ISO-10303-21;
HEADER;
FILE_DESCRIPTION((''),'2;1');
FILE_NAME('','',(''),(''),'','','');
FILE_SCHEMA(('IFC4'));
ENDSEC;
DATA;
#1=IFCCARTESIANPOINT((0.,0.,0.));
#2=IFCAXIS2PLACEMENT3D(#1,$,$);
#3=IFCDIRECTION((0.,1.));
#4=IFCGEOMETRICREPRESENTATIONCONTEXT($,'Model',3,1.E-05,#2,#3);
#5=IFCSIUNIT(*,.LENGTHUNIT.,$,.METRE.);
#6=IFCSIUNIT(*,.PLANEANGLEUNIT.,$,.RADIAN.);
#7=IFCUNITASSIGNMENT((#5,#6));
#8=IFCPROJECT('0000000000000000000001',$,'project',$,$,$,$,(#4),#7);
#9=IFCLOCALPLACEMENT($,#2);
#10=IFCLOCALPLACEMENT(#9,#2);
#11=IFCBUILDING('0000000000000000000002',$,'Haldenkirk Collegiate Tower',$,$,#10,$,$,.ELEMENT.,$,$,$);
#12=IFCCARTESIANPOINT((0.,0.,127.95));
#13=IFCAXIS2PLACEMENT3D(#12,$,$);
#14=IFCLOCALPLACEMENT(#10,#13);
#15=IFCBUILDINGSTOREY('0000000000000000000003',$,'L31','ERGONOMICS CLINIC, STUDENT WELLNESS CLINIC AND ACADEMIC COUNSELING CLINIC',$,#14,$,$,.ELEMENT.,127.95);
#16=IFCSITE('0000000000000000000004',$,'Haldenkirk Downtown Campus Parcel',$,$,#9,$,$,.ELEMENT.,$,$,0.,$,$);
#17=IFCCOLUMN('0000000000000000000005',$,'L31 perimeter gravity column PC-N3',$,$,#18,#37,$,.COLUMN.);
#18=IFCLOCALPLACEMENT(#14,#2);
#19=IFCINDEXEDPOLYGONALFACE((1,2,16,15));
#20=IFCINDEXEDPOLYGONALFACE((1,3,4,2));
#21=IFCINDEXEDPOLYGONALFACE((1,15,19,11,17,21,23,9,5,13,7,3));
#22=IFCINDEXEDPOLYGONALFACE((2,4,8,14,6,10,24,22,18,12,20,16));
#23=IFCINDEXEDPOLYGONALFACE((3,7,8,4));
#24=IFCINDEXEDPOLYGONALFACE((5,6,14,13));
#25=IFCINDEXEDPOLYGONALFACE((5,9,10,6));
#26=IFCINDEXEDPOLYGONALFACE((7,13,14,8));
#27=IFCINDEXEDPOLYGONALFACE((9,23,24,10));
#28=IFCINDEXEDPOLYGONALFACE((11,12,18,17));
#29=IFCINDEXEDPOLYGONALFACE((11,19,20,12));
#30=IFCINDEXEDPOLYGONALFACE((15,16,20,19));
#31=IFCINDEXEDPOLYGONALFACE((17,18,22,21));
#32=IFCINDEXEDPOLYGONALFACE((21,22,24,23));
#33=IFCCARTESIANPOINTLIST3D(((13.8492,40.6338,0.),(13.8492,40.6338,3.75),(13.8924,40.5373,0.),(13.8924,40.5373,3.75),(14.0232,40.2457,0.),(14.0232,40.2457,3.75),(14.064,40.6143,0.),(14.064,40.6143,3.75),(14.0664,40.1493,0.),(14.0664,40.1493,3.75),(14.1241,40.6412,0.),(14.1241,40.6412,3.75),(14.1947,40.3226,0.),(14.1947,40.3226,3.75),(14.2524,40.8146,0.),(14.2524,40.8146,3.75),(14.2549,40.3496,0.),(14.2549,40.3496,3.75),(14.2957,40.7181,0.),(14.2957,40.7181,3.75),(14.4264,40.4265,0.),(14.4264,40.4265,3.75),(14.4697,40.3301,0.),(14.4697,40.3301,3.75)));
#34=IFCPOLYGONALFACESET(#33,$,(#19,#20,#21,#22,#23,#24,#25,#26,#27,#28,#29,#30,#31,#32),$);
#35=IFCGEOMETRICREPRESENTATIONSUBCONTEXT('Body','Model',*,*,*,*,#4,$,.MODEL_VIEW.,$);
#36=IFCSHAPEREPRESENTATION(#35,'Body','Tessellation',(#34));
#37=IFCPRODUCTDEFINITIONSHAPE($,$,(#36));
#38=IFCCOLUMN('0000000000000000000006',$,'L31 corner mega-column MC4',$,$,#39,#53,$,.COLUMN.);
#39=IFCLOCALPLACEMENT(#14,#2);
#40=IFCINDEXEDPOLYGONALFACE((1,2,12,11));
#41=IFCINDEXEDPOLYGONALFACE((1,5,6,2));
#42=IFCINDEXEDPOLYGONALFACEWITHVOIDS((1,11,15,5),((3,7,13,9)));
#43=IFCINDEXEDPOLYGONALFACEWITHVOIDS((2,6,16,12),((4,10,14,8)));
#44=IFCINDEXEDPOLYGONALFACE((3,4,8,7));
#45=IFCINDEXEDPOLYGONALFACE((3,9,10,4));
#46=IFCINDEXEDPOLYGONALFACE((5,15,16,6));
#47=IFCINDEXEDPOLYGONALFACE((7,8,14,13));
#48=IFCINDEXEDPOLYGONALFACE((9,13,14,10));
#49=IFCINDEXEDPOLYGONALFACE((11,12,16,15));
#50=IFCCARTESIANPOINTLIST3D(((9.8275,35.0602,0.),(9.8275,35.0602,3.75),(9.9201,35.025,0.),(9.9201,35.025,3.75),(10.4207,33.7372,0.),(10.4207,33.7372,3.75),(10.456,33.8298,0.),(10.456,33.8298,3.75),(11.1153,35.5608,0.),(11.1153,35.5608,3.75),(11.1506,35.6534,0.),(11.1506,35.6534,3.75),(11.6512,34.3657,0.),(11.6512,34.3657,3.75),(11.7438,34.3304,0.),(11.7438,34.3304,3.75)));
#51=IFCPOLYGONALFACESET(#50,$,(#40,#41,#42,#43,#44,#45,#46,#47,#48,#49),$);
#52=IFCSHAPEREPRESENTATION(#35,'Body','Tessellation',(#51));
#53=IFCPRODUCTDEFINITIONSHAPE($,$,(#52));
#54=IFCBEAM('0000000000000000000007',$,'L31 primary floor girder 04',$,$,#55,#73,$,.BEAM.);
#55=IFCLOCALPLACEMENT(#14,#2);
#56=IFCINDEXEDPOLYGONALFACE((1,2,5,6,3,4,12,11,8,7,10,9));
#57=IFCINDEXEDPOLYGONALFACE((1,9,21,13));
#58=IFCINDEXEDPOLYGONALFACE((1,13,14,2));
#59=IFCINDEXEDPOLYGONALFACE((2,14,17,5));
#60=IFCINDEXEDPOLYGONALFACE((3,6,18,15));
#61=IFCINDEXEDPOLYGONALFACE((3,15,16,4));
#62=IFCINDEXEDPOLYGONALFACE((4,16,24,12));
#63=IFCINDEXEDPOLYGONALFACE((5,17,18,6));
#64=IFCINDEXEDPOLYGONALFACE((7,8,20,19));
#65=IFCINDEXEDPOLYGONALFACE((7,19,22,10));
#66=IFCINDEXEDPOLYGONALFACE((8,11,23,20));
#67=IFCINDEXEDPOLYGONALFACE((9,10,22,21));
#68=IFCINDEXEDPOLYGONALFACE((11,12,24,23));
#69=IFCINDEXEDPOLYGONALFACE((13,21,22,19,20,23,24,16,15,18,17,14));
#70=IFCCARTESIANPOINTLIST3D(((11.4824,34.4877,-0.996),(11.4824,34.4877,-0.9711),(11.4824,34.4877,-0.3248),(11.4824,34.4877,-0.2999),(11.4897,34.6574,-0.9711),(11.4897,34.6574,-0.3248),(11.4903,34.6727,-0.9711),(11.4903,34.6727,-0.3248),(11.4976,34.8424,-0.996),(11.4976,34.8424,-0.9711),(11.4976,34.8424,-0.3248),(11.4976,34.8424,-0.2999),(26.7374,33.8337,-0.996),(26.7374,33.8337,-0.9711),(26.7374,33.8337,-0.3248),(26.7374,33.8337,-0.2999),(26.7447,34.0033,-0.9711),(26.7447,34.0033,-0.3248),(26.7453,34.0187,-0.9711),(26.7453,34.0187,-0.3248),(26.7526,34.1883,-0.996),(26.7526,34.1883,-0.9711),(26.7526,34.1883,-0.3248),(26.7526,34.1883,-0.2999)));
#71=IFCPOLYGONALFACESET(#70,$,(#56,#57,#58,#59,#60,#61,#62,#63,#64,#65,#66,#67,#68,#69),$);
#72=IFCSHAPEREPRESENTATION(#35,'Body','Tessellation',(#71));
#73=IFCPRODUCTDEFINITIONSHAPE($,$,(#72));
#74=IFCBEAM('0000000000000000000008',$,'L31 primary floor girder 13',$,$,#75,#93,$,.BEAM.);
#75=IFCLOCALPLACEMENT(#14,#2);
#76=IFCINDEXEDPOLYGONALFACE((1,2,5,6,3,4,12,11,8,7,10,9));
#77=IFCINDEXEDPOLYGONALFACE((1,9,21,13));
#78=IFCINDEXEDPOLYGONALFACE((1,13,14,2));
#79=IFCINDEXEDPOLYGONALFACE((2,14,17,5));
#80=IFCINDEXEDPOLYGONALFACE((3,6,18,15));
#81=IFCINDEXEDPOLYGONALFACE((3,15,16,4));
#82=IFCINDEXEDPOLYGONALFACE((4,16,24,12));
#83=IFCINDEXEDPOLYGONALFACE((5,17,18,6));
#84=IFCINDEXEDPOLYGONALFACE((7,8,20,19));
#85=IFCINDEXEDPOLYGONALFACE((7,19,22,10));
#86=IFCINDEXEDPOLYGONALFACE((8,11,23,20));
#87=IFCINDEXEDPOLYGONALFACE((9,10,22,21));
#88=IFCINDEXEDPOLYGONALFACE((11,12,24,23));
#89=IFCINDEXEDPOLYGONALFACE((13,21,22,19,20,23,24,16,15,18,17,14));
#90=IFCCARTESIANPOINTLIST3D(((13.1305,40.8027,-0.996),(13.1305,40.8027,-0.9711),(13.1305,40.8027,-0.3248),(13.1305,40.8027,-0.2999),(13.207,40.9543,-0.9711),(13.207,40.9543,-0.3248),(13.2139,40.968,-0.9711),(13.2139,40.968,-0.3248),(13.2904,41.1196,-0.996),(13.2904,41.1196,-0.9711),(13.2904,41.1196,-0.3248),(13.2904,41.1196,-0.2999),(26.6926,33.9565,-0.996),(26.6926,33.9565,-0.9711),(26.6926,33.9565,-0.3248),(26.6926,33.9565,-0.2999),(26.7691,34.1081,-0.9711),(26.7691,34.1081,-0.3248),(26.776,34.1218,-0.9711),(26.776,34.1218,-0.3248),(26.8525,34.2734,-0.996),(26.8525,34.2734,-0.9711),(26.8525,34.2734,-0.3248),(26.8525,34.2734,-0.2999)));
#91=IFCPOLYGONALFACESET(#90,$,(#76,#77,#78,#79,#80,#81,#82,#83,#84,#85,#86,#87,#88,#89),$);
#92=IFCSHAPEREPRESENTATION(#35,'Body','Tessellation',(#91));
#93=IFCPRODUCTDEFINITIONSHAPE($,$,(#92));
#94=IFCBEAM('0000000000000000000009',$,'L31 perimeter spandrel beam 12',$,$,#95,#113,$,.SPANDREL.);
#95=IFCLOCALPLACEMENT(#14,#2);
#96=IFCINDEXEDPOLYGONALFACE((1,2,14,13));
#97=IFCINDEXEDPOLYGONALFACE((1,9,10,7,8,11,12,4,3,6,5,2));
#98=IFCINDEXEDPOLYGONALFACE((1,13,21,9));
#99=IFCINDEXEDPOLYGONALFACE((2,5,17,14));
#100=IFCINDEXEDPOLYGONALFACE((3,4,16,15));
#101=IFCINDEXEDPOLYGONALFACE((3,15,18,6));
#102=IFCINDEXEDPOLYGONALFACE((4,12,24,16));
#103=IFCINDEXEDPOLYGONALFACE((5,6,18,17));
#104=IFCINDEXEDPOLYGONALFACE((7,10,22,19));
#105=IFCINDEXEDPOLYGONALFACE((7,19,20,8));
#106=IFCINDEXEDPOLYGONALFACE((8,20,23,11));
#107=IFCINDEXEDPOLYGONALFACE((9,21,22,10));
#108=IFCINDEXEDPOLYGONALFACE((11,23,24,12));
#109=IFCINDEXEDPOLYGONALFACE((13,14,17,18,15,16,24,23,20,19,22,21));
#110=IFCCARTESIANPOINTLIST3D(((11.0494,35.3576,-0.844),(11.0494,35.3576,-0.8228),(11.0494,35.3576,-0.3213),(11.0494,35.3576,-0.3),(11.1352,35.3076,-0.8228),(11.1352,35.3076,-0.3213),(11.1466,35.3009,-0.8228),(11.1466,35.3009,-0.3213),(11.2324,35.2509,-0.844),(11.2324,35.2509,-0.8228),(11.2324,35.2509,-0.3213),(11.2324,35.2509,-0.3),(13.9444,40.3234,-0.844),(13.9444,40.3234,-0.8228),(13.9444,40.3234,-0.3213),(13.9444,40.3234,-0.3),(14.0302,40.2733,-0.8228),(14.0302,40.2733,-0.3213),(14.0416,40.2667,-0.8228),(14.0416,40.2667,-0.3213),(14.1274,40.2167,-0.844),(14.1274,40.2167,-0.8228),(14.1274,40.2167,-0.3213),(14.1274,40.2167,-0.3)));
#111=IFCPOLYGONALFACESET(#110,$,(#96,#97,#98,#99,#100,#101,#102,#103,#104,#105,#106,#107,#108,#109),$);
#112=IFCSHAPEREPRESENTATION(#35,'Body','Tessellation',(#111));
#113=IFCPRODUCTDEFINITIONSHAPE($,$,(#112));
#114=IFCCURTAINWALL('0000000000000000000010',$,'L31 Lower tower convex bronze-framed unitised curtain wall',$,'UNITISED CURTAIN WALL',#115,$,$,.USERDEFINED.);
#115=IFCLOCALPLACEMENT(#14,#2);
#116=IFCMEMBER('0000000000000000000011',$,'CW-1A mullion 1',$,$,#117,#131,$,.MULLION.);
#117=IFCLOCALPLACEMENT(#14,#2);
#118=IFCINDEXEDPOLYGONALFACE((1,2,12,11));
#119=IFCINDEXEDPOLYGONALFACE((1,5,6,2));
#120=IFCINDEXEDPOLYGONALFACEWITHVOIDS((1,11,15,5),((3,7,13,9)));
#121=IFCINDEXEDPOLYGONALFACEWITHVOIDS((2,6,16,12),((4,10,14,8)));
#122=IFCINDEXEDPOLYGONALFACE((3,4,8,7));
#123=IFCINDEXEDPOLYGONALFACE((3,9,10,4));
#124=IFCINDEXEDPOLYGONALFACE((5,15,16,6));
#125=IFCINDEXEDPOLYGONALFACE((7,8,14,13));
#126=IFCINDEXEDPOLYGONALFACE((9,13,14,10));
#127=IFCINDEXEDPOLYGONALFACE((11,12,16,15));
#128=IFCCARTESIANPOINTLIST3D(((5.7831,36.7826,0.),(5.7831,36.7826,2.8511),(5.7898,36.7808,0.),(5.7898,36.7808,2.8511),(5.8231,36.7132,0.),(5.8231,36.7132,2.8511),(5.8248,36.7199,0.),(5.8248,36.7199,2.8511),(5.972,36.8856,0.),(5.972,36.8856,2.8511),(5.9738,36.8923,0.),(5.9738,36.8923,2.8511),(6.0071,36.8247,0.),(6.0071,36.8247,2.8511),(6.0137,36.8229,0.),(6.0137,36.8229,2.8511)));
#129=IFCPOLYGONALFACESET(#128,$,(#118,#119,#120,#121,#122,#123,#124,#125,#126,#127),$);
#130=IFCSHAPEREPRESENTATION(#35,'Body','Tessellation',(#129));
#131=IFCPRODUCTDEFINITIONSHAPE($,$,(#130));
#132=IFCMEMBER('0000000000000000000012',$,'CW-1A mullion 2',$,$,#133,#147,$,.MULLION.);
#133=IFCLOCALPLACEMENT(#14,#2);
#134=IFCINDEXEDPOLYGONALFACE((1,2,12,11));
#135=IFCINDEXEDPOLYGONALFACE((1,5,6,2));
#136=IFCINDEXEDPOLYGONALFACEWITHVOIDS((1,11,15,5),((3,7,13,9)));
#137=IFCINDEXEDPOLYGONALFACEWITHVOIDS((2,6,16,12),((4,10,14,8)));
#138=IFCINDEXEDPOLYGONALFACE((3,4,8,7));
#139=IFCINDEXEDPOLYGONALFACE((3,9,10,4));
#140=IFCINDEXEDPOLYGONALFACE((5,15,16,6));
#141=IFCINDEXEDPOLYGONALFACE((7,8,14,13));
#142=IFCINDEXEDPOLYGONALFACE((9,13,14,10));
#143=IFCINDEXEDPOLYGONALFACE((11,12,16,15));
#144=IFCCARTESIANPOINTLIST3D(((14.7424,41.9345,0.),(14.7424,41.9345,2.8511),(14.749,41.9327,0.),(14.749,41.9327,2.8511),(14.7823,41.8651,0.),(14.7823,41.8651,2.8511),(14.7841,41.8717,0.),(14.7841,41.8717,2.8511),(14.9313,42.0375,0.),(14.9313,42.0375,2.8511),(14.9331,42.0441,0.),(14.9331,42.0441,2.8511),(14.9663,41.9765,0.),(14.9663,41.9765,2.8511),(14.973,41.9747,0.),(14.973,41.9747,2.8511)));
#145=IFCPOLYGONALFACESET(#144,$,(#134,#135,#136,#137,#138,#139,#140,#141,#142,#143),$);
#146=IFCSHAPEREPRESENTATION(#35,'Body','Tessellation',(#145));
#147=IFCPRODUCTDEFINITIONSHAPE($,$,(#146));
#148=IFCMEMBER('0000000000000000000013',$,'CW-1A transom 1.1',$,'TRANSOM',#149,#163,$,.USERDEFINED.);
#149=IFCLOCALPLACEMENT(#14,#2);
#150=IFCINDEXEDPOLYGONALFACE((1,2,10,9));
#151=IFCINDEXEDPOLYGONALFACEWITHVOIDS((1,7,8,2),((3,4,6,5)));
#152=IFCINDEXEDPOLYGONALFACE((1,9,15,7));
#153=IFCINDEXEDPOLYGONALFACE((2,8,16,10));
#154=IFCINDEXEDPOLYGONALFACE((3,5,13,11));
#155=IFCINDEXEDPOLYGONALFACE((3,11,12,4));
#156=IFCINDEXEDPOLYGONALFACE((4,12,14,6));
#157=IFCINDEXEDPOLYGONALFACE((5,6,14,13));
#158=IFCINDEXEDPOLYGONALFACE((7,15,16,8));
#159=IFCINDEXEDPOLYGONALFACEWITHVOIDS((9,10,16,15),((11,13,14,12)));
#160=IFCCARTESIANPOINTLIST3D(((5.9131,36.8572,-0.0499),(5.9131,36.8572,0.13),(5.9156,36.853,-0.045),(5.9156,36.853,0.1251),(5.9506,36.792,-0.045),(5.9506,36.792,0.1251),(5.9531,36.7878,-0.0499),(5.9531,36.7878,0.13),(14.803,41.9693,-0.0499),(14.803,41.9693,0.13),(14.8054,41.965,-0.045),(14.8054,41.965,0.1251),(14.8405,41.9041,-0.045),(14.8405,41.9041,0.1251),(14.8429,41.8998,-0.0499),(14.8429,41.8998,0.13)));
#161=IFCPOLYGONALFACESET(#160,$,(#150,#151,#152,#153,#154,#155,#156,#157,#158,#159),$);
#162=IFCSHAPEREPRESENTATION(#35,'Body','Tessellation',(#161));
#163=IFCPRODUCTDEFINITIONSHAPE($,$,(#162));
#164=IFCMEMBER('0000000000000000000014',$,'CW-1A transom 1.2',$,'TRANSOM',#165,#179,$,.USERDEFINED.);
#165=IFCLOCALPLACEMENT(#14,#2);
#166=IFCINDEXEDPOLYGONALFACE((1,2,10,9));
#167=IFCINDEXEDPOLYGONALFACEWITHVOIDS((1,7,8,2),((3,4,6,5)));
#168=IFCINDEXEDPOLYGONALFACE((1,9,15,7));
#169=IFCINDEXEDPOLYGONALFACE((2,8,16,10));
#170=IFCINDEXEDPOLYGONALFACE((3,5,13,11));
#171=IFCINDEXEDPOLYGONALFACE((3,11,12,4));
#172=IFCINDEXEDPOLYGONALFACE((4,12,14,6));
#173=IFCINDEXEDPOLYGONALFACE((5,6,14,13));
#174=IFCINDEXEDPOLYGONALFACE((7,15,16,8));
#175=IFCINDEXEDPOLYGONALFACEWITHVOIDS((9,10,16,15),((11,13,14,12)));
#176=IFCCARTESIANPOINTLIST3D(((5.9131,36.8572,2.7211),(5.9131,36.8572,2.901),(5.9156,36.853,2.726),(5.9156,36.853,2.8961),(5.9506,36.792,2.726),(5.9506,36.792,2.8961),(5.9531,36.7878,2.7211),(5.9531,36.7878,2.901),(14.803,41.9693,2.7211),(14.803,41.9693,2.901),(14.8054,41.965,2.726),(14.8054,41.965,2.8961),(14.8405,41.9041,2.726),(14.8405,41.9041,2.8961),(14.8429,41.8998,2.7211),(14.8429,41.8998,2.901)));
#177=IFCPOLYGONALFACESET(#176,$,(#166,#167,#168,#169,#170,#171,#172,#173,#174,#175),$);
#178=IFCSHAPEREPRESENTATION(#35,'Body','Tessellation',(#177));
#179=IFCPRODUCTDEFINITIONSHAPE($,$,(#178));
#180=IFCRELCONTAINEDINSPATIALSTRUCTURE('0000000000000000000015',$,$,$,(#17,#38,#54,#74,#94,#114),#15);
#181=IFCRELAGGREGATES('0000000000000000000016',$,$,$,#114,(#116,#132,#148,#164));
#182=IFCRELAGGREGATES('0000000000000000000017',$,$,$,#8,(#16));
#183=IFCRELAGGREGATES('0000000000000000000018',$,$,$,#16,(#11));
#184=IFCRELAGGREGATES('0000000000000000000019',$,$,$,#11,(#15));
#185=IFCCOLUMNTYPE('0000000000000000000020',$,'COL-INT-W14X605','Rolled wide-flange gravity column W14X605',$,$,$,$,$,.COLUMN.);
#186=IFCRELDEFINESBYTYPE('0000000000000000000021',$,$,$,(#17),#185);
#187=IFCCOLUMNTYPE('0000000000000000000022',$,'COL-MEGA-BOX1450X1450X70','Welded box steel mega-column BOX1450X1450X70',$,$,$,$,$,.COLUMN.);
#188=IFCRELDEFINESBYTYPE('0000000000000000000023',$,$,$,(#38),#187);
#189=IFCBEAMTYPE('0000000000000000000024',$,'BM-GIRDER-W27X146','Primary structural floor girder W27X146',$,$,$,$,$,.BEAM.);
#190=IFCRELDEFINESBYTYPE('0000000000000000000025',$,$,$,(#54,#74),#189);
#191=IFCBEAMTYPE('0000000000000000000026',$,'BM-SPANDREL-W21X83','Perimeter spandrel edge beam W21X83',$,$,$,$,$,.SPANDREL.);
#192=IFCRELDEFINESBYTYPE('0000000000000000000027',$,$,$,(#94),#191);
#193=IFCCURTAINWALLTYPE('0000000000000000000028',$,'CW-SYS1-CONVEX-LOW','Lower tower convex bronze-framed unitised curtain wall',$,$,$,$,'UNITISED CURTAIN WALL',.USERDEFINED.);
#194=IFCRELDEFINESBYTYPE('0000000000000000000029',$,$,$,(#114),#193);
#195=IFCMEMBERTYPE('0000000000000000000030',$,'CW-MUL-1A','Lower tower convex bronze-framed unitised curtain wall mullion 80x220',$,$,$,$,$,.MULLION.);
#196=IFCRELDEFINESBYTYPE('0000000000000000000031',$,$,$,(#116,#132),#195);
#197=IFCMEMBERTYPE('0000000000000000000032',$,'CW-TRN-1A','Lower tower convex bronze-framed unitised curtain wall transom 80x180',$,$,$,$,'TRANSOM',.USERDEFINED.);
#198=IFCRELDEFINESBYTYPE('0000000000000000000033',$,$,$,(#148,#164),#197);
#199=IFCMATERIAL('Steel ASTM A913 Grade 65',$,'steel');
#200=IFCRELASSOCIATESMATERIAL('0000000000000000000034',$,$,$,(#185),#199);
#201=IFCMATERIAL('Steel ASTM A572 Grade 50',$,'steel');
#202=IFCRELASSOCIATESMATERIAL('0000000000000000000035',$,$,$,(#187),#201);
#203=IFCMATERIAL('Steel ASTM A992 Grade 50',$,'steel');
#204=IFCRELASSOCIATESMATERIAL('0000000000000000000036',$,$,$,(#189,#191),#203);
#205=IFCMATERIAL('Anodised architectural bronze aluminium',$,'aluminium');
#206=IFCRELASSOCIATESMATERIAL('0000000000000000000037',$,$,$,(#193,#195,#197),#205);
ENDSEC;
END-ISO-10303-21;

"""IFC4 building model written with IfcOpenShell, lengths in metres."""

from ifc_helpers import new_model, si_unit, direction, frame, origin, origin_2d, place, context, subcontext, project, spatial, hollow_rectangle, i_section, extrude, material, material_profile, profile_set, type_object, element, aggregate, save


model = new_model("IFC4")

# Units and contexts
model_context = context("Model", 3, precision=1e-05, world=origin(), true_north=direction((0.0, 1.0)))
body_context = subcontext(model_context, "Body", "Model", "MODEL_VIEW")
ifc_project = project(units=[si_unit("LENGTHUNIT", "METRE"), si_unit("PLANEANGLEUNIT", "RADIAN")], contexts=[model_context])

# Site, building, storey
site_placement = place(None, origin())
site = spatial("IfcSite", under=ifc_project, at=site_placement, Name="Haldenkirk Downtown Campus Parcel", CompositionType="ELEMENT", RefElevation=0.0)
building_placement = place(site_placement, origin())
building = spatial("IfcBuilding", under=site, at=building_placement, Name="Haldenkirk Collegiate Tower", CompositionType="ELEMENT")
storey_placement = place(building_placement, frame((0.0, 0.0, 127.95)))
storey = spatial("IfcBuildingStorey", under=building, at=storey_placement, Name="L31", Description="ERGONOMICS CLINIC, STUDENT WELLNESS CLINIC AND ACADEMIC COUNSELING CLINIC", CompositionType="ELEMENT", Elevation=127.95)

# Columns
ifc_material_1 = material(Name="Steel ASTM A913 Grade 65", Category="steel")
ifc_material_profile_1 = material_profile(ifc_material_1, i_section(OverallWidth=0.4419, OverallDepth=0.531, WebThickness=0.0659, FlangeThickness=0.1057, at=origin_2d()), Name="W14X605")
ifc_profile_set_1 = profile_set([ifc_material_profile_1], Name="Steel ASTM A913 Grade 65")
column_type_1 = type_object("IfcColumnType", Name="COL-INT-W14X605", Description="Rolled wide-flange gravity column W14X605", PredefinedType="COLUMN", material=ifc_profile_set_1)
column_1_placement = place(storey_placement, frame((14.1594, 40.4819, 0.0), z_axis=(0.0, 0.0, 1.0), x_axis=(0.912477, 0.409127, 0.0)))
element("IfcColumn", 1, at=column_1_placement, inside=storey, type_object=column_type_1, Name="L31 perimeter gravity column PC-N3", PredefinedType="COLUMN", context=body_context, shape_type="SweptSolid", body=[
    extrude(i_section(OverallWidth=0.4419, OverallDepth=0.531, WebThickness=0.0659, FlangeThickness=0.1057, at=origin_2d()), origin(), (0.0, 0.0, 1.0), 3.75),
])
ifc_material_2 = material(Name="Steel ASTM A572 Grade 50", Category="steel")
ifc_material_profile_2 = material_profile(ifc_material_2, hollow_rectangle(XDim=1.45, YDim=1.45, WallThickness=0.0701, at=origin_2d()), Name="BOX1450X1450X70")
ifc_profile_set_2 = profile_set([ifc_material_profile_2], Name="Steel ASTM A572 Grade 50")
column_type_2 = type_object("IfcColumnType", Name="COL-MEGA-BOX1450X1450X70", Description="Welded box steel mega-column BOX1450X1450X70", PredefinedType="COLUMN", material=ifc_profile_set_2)
column_2_placement = place(storey_placement, frame((10.7856, 34.6953, 0.0), z_axis=(0.0, 0.0, 1.0), x_axis=(0.912477, 0.409127, 0.0)))
element("IfcColumn", 2, at=column_2_placement, inside=storey, type_object=column_type_2, Name="L31 corner mega-column MC4", PredefinedType="COLUMN", context=body_context, shape_type="SweptSolid", body=[
    extrude(hollow_rectangle(XDim=1.45, YDim=1.45, WallThickness=0.0701, at=origin_2d()), origin(), (0.0, 0.0, 1.0), 3.75),
])

# Beams
ifc_material_3 = material(Name="Steel ASTM A992 Grade 50", Category="steel")
ifc_material_profile_3 = material_profile(ifc_material_3, i_section(OverallWidth=0.355, OverallDepth=0.696, WebThickness=0.0154, FlangeThickness=0.0249, at=origin_2d()), Name="W27X146")
ifc_profile_set_3 = profile_set([ifc_material_profile_3], Name="Steel ASTM A992 Grade 50")
beam_type_1 = type_object("IfcBeamType", Name="BM-GIRDER-W27X146", Description="Primary structural floor girder W27X146", PredefinedType="BEAM", material=ifc_profile_set_3)
beam_1_placement = place(storey_placement, frame((11.49, 34.665, -0.6479), z_axis=(0.999082, -0.042835, 0.0), x_axis=(0.042835, 0.999082, 0.0)))
element("IfcBeam", 3, at=beam_1_placement, inside=storey, type_object=beam_type_1, Name="L31 primary floor girder 04", PredefinedType="BEAM", context=body_context, shape_type="SweptSolid", body=[
    extrude(i_section(OverallWidth=0.355, OverallDepth=0.696, WebThickness=0.0154, FlangeThickness=0.0249, at=origin_2d()), origin(), (0.0, 0.0, 1.0), 15.269),
])
beam_2_placement = place(storey_placement, frame((13.2104, 40.9612, -0.6479), z_axis=(0.892704, -0.450643, 0.0), x_axis=(0.450643, 0.892704, 0.0)))
element("IfcBeam", 4, at=beam_2_placement, inside=storey, type_object=beam_type_1, Name="L31 primary floor girder 13", PredefinedType="BEAM", context=body_context, shape_type="SweptSolid", body=[
    extrude(i_section(OverallWidth=0.355, OverallDepth=0.696, WebThickness=0.0154, FlangeThickness=0.0249, at=origin_2d()), origin(), (0.0, 0.0, 1.0), 15.1921),
])
ifc_material_profile_4 = material_profile(ifc_material_3, i_section(OverallWidth=0.2119, OverallDepth=0.5439, WebThickness=0.0132, FlangeThickness=0.0212, at=origin_2d()), Name="W21X83")
ifc_profile_set_4 = profile_set([ifc_material_profile_4], Name="Steel ASTM A992 Grade 50")
beam_type_2 = type_object("IfcBeamType", Name="BM-SPANDREL-W21X83", Description="Perimeter spandrel edge beam W21X83", PredefinedType="SPANDREL", material=ifc_profile_set_4)
beam_3_placement = place(storey_placement, frame((14.0359, 40.27, -0.572), z_axis=(-0.503649, -0.863908, 0.0), x_axis=(0.863908, -0.503649, 0.0)))
element("IfcBeam", 5, at=beam_3_placement, inside=storey, type_object=beam_type_2, Name="L31 perimeter spandrel beam 12", PredefinedType="SPANDREL", context=body_context, shape_type="SweptSolid", body=[
    extrude(i_section(OverallWidth=0.2119, OverallDepth=0.5439, WebThickness=0.0132, FlangeThickness=0.0212, at=origin_2d()), origin(), (0.0, 0.0, 1.0), 5.748),
])

# Curtain wall, members
ifc_material_4 = material(Name="Anodised architectural bronze aluminium", Category="aluminium")
curtain_wall_type = type_object("IfcCurtainWallType", Name="CW-SYS1-CONVEX-LOW", Description="Lower tower convex bronze-framed unitised curtain wall", ElementType="UNITISED CURTAIN WALL", PredefinedType="USERDEFINED", material=ifc_material_4)
curtain_wall_placement = place(storey_placement, origin())
curtain_wall = element("IfcCurtainWall", 6, at=curtain_wall_placement, inside=storey, type_object=curtain_wall_type, Name="L31 Lower tower convex bronze-framed unitised curtain wall", ObjectType="UNITISED CURTAIN WALL", PredefinedType="USERDEFINED")
ifc_material_profile_5 = material_profile(ifc_material_4, hollow_rectangle(XDim=0.0801, YDim=0.22, WallThickness=0.0049, at=origin_2d()), Name="CW-MUL-1A")
ifc_profile_set_5 = profile_set([ifc_material_profile_5], Name="Anodised architectural bronze aluminium")
member_type_1 = type_object("IfcMemberType", Name="CW-MUL-1A", Description="Lower tower convex bronze-framed unitised curtain wall mullion 80x220", PredefinedType="MULLION", material=ifc_profile_set_5)
member_1_placement = place(storey_placement, frame((5.8984, 36.8027, 0.0), z_axis=(0.0, 0.0, 1.0), x_axis=(-0.498489, 0.866896, 0.0)))
member_1 = element("IfcMember", 7, at=member_1_placement, type_object=member_type_1, Name="CW-1A mullion 1", PredefinedType="MULLION", context=body_context, shape_type="SweptSolid", body=[
    extrude(hollow_rectangle(XDim=0.0801, YDim=0.22, WallThickness=0.0049, at=origin_2d()), origin(), (0.0, 0.0, 1.0), 2.8511),
])
member_2_placement = place(storey_placement, frame((14.8577, 41.9546, 0.0), z_axis=(0.0, 0.0, 1.0), x_axis=(-0.498489, 0.866896, 0.0)))
member_2 = element("IfcMember", 8, at=member_2_placement, type_object=member_type_1, Name="CW-1A mullion 2", PredefinedType="MULLION", context=body_context, shape_type="SweptSolid", body=[
    extrude(hollow_rectangle(XDim=0.0801, YDim=0.22, WallThickness=0.0049, at=origin_2d()), origin(), (0.0, 0.0, 1.0), 2.8511),
])
ifc_material_profile_6 = material_profile(ifc_material_4, hollow_rectangle(XDim=0.0801, YDim=0.1799, WallThickness=0.0049, at=origin_2d()), Name="CW-TRN-1A")
ifc_profile_set_6 = profile_set([ifc_material_profile_6], Name="Anodised architectural bronze aluminium")
member_type_2 = type_object("IfcMemberType", Name="CW-TRN-1A", Description="Lower tower convex bronze-framed unitised curtain wall transom 80x180", ElementType="TRANSOM", PredefinedType="USERDEFINED", material=ifc_profile_set_6)
member_3_placement = place(storey_placement, frame((5.9331, 36.8225, 0.04), z_axis=(0.866891, 0.498498, 0.0), x_axis=(-0.498498, 0.866891, 0.0)))
member_3 = element("IfcMember", 9, at=member_3_placement, type_object=member_type_2, Name="CW-1A transom 1.1", ObjectType="TRANSOM", PredefinedType="USERDEFINED", context=body_context, shape_type="SweptSolid", body=[
    extrude(hollow_rectangle(XDim=0.0801, YDim=0.1799, WallThickness=0.0049, at=origin_2d()), origin(), (0.0, 0.0, 1.0), 10.2549),
])
member_4_placement = place(storey_placement, frame((5.9331, 36.8225, 2.811), z_axis=(0.866891, 0.498498, 0.0), x_axis=(-0.498498, 0.866891, 0.0)))
member_4 = element("IfcMember", 10, at=member_4_placement, type_object=member_type_2, Name="CW-1A transom 1.2", ObjectType="TRANSOM", PredefinedType="USERDEFINED", context=body_context, shape_type="SweptSolid", body=[
    extrude(hollow_rectangle(XDim=0.0801, YDim=0.1799, WallThickness=0.0049, at=origin_2d()), origin(), (0.0, 0.0, 1.0), 10.2549),
])

aggregate(curtain_wall, [member_1, member_2, member_3, member_4])

save(model, "model.ifc")
